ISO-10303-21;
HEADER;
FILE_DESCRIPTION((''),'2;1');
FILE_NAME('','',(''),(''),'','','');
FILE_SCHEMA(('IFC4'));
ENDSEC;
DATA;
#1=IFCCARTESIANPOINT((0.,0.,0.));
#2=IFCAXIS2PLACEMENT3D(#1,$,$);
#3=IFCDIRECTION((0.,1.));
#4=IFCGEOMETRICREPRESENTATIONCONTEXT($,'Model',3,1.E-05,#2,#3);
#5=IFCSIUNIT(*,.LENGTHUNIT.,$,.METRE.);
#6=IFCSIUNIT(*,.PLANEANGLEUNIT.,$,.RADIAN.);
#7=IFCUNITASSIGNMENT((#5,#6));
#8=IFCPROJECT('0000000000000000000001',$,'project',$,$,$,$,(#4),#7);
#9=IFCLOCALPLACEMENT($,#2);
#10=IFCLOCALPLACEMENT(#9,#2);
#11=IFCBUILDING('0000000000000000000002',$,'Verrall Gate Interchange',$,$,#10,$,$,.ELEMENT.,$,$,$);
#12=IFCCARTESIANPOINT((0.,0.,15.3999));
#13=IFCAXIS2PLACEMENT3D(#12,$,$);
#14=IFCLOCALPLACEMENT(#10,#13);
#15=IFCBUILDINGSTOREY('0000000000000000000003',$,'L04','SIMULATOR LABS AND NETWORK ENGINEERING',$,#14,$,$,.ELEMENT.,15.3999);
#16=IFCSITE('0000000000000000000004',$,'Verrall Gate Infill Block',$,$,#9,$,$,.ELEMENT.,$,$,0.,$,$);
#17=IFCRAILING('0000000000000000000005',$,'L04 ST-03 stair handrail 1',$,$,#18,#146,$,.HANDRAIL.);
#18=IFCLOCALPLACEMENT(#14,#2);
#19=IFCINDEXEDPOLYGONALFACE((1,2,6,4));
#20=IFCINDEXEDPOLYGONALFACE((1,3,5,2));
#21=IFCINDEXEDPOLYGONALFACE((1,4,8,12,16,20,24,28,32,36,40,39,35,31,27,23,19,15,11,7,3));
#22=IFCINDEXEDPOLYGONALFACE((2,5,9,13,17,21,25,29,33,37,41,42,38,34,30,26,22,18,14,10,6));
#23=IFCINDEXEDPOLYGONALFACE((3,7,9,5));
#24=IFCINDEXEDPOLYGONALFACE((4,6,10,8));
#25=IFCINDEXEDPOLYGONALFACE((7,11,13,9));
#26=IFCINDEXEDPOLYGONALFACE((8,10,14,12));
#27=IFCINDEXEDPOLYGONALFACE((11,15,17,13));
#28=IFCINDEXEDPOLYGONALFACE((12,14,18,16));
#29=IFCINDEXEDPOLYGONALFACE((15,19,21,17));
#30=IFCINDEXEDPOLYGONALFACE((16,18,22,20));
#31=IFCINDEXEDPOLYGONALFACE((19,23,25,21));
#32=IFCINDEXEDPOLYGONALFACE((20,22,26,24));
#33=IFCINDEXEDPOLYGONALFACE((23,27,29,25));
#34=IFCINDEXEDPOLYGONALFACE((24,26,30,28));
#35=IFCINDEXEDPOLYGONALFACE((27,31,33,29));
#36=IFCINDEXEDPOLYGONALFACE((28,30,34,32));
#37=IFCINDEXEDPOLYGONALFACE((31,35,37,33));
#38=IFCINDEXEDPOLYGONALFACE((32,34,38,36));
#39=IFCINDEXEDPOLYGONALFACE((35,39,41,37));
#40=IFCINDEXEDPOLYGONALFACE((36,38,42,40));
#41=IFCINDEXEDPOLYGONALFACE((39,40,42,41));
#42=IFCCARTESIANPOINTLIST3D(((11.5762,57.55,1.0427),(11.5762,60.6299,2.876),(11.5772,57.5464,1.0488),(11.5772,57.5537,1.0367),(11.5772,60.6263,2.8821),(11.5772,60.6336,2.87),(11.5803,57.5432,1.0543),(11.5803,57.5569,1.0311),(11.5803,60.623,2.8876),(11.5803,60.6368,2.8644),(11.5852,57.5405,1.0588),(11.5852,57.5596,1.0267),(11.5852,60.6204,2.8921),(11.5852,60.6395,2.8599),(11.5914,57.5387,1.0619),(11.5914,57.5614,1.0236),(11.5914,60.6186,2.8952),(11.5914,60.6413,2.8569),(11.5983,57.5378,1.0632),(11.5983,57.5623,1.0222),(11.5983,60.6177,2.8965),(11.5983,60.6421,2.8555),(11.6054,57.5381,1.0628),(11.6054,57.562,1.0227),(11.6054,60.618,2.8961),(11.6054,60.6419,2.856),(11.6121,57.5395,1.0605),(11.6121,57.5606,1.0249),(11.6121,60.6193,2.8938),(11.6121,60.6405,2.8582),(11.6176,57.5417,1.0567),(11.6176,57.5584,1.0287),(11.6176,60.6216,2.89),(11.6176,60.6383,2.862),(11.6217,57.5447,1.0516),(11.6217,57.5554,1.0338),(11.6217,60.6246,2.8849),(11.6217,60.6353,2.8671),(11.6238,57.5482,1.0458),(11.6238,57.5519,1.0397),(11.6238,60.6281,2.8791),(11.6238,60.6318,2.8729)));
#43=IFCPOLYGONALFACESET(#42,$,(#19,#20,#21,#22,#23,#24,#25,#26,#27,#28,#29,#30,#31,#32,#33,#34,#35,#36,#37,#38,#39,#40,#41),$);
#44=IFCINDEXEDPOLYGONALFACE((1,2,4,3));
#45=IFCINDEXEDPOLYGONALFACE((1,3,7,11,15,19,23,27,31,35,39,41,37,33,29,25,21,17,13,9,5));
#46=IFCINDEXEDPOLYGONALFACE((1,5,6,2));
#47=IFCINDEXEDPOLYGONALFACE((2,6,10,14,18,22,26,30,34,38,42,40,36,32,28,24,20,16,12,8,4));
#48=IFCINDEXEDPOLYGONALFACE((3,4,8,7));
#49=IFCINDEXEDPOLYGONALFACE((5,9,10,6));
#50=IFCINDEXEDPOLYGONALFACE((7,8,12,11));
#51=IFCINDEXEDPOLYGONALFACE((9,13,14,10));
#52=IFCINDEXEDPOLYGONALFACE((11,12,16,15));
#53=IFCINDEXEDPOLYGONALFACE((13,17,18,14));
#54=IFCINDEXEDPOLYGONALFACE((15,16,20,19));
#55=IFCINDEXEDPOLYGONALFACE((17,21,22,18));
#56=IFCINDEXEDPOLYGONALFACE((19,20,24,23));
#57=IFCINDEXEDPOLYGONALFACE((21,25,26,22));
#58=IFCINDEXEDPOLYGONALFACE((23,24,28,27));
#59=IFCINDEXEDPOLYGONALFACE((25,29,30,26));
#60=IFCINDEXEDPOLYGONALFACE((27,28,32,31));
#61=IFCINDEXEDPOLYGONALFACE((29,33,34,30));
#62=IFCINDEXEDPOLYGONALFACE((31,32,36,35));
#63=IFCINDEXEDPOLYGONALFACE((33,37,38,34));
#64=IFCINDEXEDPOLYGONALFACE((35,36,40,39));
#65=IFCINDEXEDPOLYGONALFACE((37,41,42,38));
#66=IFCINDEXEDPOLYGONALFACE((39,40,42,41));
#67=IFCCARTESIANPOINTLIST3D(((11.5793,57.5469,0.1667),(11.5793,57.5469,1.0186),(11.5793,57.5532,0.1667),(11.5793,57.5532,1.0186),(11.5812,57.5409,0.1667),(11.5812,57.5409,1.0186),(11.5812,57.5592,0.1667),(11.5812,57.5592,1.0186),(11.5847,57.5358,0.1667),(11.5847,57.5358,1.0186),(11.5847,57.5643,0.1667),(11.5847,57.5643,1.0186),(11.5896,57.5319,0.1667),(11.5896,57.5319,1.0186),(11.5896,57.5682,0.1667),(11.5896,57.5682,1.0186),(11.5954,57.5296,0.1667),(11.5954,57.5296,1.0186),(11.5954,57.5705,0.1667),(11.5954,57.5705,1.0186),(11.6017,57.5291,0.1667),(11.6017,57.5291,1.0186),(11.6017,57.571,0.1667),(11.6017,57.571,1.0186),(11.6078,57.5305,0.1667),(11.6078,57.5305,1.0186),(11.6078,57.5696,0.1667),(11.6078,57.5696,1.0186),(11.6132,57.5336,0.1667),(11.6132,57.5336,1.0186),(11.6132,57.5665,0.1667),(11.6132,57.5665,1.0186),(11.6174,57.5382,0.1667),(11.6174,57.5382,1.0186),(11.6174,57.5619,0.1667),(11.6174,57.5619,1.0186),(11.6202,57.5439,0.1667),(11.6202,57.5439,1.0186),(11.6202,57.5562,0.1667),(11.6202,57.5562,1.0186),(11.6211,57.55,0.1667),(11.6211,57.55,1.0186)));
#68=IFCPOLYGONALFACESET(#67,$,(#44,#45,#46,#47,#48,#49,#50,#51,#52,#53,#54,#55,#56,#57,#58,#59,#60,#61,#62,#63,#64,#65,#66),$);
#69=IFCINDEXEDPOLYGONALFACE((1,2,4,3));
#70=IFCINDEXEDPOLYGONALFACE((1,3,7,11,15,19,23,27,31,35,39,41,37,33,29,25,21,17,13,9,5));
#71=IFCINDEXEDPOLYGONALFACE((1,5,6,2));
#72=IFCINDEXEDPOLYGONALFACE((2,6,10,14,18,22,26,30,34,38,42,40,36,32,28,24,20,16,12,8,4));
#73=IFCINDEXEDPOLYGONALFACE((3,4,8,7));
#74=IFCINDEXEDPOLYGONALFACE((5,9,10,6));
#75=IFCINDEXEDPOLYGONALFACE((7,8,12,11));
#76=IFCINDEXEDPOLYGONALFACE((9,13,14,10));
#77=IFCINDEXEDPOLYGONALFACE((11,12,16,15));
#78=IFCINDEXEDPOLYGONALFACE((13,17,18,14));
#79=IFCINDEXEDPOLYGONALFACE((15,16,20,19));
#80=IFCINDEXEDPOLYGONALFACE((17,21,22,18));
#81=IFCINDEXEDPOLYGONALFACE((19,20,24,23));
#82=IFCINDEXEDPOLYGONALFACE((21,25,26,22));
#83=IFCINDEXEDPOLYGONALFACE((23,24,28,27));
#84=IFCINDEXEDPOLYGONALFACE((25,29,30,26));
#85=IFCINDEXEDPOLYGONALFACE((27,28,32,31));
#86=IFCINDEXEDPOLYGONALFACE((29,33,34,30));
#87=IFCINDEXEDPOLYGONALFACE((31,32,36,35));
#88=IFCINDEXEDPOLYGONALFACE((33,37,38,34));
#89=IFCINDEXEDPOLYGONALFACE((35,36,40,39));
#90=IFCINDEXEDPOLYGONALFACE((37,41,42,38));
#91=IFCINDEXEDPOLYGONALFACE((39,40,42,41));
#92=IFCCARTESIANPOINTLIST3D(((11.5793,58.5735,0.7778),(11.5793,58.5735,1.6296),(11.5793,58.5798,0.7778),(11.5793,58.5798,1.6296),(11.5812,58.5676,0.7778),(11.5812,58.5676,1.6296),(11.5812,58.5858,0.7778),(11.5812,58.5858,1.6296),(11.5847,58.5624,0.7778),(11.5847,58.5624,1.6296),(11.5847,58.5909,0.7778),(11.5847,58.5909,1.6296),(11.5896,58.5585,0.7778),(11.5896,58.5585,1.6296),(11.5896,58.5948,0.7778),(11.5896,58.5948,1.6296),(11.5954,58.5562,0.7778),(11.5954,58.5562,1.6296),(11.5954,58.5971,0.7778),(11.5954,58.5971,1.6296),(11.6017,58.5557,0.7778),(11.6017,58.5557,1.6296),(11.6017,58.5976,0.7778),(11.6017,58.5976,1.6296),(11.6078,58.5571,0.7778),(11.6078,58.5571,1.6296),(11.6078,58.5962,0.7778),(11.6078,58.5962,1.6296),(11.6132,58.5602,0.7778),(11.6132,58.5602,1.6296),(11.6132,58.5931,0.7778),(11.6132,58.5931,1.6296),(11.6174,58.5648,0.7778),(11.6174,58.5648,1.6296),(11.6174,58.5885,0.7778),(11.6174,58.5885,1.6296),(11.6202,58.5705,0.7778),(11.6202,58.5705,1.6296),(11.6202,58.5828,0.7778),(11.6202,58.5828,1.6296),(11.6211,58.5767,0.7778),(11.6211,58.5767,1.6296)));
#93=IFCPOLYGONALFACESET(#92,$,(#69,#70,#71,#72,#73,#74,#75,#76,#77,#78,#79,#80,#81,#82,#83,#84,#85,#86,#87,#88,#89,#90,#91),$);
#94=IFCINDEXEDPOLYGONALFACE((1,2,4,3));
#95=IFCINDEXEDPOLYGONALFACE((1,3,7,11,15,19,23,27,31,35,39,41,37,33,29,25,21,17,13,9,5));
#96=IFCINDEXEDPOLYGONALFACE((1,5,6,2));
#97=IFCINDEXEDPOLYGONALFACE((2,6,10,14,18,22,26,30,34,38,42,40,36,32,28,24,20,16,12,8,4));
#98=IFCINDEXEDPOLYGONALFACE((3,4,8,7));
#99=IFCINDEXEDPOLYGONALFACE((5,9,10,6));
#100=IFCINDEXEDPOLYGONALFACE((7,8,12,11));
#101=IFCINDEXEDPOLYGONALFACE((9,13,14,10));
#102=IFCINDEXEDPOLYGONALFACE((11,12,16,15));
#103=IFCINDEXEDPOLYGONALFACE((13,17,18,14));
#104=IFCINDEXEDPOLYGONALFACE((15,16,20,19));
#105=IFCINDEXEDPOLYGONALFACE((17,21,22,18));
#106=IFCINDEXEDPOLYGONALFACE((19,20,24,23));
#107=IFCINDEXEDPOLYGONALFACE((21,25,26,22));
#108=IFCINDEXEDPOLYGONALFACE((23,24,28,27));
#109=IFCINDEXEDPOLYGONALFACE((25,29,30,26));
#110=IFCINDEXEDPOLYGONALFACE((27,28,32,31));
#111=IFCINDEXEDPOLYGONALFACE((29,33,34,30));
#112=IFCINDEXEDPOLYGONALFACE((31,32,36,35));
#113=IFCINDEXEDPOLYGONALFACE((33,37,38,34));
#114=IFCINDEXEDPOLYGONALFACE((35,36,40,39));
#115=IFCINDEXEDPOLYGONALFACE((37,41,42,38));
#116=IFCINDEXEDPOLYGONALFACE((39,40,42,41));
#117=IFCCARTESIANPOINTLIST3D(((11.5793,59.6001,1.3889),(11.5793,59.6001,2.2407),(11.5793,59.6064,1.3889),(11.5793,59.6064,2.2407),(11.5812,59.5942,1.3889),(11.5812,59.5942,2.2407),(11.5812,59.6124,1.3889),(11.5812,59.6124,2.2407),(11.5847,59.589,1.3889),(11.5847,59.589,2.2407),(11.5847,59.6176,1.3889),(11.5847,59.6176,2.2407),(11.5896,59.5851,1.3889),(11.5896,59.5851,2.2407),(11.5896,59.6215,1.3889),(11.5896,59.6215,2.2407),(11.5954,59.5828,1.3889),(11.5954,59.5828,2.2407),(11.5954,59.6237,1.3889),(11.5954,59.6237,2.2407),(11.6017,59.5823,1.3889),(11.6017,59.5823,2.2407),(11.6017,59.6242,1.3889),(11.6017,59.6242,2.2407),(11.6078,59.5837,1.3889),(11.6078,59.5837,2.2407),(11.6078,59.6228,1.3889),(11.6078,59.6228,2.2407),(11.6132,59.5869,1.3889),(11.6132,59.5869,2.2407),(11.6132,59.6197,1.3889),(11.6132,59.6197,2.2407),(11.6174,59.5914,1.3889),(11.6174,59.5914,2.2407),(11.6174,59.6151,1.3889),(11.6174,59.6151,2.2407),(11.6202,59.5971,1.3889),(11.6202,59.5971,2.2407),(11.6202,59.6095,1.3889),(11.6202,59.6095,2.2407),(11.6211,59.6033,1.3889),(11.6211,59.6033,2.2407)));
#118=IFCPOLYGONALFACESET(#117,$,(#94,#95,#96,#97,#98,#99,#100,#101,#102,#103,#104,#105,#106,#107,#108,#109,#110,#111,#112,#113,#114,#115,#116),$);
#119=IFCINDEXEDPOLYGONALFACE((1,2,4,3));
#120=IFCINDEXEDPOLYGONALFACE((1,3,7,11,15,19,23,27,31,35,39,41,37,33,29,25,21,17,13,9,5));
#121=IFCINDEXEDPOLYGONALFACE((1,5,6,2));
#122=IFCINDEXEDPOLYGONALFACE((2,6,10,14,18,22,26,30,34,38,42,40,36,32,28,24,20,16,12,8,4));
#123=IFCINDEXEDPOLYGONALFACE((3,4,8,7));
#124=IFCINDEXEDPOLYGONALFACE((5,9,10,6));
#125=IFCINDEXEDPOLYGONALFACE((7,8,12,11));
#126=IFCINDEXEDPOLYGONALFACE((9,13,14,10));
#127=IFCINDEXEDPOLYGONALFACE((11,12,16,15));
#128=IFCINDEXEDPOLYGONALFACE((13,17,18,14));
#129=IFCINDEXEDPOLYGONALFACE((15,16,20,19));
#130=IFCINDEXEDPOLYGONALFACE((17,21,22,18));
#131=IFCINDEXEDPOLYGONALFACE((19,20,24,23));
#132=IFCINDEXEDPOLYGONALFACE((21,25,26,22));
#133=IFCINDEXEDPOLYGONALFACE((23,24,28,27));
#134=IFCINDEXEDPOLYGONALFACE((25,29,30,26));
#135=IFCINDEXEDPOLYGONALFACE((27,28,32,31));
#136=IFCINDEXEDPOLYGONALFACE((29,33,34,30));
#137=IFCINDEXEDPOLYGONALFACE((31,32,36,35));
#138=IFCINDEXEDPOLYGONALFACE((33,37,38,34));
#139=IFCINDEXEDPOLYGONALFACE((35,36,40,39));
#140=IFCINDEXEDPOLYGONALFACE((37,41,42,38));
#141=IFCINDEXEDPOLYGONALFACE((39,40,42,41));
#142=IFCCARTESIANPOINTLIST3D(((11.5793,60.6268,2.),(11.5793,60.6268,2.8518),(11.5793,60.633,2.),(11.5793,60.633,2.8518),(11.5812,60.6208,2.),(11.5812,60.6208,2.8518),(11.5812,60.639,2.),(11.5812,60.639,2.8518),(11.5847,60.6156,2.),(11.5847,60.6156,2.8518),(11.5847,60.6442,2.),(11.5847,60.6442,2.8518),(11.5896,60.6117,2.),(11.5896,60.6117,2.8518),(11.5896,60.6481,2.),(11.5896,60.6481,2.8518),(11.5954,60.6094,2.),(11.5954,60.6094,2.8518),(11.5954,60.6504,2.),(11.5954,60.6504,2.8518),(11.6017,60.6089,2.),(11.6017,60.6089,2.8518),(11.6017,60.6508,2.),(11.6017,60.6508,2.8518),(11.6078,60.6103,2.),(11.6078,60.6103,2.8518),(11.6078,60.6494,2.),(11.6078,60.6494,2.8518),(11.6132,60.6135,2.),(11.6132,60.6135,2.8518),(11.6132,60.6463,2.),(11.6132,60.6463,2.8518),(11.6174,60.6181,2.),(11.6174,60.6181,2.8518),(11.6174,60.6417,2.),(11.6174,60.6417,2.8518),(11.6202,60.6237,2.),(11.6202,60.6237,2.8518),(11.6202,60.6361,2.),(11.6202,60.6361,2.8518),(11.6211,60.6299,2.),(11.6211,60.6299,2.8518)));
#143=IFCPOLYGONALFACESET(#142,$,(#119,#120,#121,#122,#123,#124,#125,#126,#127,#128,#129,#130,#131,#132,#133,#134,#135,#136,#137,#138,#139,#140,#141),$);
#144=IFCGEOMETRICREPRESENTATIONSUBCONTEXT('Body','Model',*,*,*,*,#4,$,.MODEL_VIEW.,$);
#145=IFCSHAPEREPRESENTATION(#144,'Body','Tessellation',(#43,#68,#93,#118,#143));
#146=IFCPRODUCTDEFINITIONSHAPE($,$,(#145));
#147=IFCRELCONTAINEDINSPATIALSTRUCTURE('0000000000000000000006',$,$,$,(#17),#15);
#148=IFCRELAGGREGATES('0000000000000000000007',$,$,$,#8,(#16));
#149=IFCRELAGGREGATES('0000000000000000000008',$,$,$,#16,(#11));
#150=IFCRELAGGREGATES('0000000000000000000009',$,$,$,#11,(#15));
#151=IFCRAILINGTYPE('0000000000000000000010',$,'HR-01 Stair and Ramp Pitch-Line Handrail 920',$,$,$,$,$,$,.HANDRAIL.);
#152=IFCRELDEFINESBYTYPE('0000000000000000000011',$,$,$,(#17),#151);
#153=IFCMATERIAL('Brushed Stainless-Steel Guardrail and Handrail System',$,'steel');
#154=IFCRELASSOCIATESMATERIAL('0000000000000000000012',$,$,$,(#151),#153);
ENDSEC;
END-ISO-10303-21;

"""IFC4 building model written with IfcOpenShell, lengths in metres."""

from ifc_helpers import new_model, si_unit, direction, frame, origin, origin_2d, place, context, subcontext, project, spatial, circle, extrude, material, type_object, element, save


model = new_model("IFC4")

# Units and contexts
model_context = context("Model", 3, precision=1e-05, world=origin(), true_north=direction((0.0, 1.0)))
body_context = subcontext(model_context, "Body", "Model", "MODEL_VIEW")
ifc_project = project(units=[si_unit("LENGTHUNIT", "METRE"), si_unit("PLANEANGLEUNIT", "RADIAN")], contexts=[model_context])

# Site, building, storey
site_placement = place(None, origin())
site = spatial("IfcSite", under=ifc_project, at=site_placement, Name="Verrall Gate Infill Block", CompositionType="ELEMENT", RefElevation=0.0)
building_placement = place(site_placement, origin())
building = spatial("IfcBuilding", under=site, at=building_placement, Name="Verrall Gate Interchange", CompositionType="ELEMENT")
storey_placement = place(building_placement, frame((0.0, 0.0, 15.3999)))
storey = spatial("IfcBuildingStorey", under=building, at=storey_placement, Name="L04", Description="SIMULATOR LABS AND NETWORK ENGINEERING", CompositionType="ELEMENT", Elevation=15.3999)

# Railing
ifc_material_1 = material(Name="Brushed Stainless-Steel Guardrail and Handrail System", Category="steel")
railing_type_1 = type_object("IfcRailingType", Name="HR-01 Stair and Ramp Pitch-Line Handrail 920", PredefinedType="HANDRAIL", material=ifc_material_1)
railing_1_placement = place(storey_placement, frame((11.6001, 57.55, 0.1667)))
element("IfcRailing", 1, at=railing_1_placement, inside=storey, type_object=railing_type_1, Name="L04 ST-03 stair handrail 1", PredefinedType="HANDRAIL", context=body_context, shape_type="SweptSolid", body=[
    extrude(circle(Radius=0.0239, at=origin_2d()), frame((0.0, 0.0, 0.876), z_axis=(0.0, 0.859291, 0.511487), x_axis=(-1.0, 0.0, 0.0)), (0.0, 0.0, 1.0), 3.5842),
    extrude(circle(Radius=0.021, at=origin_2d()), origin(), (0.0, 0.0, 1.0), 0.8518),
    extrude(circle(Radius=0.021, at=origin_2d()), frame((0.0, 1.0266, 0.6111)), (0.0, 0.0, 1.0), 0.8518),
    extrude(circle(Radius=0.021, at=origin_2d()), frame((0.0, 2.0532, 1.2222)), (0.0, 0.0, 1.0), 0.8518),
    extrude(circle(Radius=0.021, at=origin_2d()), frame((0.0, 3.0798, 1.8333)), (0.0, 0.0, 1.0), 0.8518),
])

save(model, "model.ifc")
